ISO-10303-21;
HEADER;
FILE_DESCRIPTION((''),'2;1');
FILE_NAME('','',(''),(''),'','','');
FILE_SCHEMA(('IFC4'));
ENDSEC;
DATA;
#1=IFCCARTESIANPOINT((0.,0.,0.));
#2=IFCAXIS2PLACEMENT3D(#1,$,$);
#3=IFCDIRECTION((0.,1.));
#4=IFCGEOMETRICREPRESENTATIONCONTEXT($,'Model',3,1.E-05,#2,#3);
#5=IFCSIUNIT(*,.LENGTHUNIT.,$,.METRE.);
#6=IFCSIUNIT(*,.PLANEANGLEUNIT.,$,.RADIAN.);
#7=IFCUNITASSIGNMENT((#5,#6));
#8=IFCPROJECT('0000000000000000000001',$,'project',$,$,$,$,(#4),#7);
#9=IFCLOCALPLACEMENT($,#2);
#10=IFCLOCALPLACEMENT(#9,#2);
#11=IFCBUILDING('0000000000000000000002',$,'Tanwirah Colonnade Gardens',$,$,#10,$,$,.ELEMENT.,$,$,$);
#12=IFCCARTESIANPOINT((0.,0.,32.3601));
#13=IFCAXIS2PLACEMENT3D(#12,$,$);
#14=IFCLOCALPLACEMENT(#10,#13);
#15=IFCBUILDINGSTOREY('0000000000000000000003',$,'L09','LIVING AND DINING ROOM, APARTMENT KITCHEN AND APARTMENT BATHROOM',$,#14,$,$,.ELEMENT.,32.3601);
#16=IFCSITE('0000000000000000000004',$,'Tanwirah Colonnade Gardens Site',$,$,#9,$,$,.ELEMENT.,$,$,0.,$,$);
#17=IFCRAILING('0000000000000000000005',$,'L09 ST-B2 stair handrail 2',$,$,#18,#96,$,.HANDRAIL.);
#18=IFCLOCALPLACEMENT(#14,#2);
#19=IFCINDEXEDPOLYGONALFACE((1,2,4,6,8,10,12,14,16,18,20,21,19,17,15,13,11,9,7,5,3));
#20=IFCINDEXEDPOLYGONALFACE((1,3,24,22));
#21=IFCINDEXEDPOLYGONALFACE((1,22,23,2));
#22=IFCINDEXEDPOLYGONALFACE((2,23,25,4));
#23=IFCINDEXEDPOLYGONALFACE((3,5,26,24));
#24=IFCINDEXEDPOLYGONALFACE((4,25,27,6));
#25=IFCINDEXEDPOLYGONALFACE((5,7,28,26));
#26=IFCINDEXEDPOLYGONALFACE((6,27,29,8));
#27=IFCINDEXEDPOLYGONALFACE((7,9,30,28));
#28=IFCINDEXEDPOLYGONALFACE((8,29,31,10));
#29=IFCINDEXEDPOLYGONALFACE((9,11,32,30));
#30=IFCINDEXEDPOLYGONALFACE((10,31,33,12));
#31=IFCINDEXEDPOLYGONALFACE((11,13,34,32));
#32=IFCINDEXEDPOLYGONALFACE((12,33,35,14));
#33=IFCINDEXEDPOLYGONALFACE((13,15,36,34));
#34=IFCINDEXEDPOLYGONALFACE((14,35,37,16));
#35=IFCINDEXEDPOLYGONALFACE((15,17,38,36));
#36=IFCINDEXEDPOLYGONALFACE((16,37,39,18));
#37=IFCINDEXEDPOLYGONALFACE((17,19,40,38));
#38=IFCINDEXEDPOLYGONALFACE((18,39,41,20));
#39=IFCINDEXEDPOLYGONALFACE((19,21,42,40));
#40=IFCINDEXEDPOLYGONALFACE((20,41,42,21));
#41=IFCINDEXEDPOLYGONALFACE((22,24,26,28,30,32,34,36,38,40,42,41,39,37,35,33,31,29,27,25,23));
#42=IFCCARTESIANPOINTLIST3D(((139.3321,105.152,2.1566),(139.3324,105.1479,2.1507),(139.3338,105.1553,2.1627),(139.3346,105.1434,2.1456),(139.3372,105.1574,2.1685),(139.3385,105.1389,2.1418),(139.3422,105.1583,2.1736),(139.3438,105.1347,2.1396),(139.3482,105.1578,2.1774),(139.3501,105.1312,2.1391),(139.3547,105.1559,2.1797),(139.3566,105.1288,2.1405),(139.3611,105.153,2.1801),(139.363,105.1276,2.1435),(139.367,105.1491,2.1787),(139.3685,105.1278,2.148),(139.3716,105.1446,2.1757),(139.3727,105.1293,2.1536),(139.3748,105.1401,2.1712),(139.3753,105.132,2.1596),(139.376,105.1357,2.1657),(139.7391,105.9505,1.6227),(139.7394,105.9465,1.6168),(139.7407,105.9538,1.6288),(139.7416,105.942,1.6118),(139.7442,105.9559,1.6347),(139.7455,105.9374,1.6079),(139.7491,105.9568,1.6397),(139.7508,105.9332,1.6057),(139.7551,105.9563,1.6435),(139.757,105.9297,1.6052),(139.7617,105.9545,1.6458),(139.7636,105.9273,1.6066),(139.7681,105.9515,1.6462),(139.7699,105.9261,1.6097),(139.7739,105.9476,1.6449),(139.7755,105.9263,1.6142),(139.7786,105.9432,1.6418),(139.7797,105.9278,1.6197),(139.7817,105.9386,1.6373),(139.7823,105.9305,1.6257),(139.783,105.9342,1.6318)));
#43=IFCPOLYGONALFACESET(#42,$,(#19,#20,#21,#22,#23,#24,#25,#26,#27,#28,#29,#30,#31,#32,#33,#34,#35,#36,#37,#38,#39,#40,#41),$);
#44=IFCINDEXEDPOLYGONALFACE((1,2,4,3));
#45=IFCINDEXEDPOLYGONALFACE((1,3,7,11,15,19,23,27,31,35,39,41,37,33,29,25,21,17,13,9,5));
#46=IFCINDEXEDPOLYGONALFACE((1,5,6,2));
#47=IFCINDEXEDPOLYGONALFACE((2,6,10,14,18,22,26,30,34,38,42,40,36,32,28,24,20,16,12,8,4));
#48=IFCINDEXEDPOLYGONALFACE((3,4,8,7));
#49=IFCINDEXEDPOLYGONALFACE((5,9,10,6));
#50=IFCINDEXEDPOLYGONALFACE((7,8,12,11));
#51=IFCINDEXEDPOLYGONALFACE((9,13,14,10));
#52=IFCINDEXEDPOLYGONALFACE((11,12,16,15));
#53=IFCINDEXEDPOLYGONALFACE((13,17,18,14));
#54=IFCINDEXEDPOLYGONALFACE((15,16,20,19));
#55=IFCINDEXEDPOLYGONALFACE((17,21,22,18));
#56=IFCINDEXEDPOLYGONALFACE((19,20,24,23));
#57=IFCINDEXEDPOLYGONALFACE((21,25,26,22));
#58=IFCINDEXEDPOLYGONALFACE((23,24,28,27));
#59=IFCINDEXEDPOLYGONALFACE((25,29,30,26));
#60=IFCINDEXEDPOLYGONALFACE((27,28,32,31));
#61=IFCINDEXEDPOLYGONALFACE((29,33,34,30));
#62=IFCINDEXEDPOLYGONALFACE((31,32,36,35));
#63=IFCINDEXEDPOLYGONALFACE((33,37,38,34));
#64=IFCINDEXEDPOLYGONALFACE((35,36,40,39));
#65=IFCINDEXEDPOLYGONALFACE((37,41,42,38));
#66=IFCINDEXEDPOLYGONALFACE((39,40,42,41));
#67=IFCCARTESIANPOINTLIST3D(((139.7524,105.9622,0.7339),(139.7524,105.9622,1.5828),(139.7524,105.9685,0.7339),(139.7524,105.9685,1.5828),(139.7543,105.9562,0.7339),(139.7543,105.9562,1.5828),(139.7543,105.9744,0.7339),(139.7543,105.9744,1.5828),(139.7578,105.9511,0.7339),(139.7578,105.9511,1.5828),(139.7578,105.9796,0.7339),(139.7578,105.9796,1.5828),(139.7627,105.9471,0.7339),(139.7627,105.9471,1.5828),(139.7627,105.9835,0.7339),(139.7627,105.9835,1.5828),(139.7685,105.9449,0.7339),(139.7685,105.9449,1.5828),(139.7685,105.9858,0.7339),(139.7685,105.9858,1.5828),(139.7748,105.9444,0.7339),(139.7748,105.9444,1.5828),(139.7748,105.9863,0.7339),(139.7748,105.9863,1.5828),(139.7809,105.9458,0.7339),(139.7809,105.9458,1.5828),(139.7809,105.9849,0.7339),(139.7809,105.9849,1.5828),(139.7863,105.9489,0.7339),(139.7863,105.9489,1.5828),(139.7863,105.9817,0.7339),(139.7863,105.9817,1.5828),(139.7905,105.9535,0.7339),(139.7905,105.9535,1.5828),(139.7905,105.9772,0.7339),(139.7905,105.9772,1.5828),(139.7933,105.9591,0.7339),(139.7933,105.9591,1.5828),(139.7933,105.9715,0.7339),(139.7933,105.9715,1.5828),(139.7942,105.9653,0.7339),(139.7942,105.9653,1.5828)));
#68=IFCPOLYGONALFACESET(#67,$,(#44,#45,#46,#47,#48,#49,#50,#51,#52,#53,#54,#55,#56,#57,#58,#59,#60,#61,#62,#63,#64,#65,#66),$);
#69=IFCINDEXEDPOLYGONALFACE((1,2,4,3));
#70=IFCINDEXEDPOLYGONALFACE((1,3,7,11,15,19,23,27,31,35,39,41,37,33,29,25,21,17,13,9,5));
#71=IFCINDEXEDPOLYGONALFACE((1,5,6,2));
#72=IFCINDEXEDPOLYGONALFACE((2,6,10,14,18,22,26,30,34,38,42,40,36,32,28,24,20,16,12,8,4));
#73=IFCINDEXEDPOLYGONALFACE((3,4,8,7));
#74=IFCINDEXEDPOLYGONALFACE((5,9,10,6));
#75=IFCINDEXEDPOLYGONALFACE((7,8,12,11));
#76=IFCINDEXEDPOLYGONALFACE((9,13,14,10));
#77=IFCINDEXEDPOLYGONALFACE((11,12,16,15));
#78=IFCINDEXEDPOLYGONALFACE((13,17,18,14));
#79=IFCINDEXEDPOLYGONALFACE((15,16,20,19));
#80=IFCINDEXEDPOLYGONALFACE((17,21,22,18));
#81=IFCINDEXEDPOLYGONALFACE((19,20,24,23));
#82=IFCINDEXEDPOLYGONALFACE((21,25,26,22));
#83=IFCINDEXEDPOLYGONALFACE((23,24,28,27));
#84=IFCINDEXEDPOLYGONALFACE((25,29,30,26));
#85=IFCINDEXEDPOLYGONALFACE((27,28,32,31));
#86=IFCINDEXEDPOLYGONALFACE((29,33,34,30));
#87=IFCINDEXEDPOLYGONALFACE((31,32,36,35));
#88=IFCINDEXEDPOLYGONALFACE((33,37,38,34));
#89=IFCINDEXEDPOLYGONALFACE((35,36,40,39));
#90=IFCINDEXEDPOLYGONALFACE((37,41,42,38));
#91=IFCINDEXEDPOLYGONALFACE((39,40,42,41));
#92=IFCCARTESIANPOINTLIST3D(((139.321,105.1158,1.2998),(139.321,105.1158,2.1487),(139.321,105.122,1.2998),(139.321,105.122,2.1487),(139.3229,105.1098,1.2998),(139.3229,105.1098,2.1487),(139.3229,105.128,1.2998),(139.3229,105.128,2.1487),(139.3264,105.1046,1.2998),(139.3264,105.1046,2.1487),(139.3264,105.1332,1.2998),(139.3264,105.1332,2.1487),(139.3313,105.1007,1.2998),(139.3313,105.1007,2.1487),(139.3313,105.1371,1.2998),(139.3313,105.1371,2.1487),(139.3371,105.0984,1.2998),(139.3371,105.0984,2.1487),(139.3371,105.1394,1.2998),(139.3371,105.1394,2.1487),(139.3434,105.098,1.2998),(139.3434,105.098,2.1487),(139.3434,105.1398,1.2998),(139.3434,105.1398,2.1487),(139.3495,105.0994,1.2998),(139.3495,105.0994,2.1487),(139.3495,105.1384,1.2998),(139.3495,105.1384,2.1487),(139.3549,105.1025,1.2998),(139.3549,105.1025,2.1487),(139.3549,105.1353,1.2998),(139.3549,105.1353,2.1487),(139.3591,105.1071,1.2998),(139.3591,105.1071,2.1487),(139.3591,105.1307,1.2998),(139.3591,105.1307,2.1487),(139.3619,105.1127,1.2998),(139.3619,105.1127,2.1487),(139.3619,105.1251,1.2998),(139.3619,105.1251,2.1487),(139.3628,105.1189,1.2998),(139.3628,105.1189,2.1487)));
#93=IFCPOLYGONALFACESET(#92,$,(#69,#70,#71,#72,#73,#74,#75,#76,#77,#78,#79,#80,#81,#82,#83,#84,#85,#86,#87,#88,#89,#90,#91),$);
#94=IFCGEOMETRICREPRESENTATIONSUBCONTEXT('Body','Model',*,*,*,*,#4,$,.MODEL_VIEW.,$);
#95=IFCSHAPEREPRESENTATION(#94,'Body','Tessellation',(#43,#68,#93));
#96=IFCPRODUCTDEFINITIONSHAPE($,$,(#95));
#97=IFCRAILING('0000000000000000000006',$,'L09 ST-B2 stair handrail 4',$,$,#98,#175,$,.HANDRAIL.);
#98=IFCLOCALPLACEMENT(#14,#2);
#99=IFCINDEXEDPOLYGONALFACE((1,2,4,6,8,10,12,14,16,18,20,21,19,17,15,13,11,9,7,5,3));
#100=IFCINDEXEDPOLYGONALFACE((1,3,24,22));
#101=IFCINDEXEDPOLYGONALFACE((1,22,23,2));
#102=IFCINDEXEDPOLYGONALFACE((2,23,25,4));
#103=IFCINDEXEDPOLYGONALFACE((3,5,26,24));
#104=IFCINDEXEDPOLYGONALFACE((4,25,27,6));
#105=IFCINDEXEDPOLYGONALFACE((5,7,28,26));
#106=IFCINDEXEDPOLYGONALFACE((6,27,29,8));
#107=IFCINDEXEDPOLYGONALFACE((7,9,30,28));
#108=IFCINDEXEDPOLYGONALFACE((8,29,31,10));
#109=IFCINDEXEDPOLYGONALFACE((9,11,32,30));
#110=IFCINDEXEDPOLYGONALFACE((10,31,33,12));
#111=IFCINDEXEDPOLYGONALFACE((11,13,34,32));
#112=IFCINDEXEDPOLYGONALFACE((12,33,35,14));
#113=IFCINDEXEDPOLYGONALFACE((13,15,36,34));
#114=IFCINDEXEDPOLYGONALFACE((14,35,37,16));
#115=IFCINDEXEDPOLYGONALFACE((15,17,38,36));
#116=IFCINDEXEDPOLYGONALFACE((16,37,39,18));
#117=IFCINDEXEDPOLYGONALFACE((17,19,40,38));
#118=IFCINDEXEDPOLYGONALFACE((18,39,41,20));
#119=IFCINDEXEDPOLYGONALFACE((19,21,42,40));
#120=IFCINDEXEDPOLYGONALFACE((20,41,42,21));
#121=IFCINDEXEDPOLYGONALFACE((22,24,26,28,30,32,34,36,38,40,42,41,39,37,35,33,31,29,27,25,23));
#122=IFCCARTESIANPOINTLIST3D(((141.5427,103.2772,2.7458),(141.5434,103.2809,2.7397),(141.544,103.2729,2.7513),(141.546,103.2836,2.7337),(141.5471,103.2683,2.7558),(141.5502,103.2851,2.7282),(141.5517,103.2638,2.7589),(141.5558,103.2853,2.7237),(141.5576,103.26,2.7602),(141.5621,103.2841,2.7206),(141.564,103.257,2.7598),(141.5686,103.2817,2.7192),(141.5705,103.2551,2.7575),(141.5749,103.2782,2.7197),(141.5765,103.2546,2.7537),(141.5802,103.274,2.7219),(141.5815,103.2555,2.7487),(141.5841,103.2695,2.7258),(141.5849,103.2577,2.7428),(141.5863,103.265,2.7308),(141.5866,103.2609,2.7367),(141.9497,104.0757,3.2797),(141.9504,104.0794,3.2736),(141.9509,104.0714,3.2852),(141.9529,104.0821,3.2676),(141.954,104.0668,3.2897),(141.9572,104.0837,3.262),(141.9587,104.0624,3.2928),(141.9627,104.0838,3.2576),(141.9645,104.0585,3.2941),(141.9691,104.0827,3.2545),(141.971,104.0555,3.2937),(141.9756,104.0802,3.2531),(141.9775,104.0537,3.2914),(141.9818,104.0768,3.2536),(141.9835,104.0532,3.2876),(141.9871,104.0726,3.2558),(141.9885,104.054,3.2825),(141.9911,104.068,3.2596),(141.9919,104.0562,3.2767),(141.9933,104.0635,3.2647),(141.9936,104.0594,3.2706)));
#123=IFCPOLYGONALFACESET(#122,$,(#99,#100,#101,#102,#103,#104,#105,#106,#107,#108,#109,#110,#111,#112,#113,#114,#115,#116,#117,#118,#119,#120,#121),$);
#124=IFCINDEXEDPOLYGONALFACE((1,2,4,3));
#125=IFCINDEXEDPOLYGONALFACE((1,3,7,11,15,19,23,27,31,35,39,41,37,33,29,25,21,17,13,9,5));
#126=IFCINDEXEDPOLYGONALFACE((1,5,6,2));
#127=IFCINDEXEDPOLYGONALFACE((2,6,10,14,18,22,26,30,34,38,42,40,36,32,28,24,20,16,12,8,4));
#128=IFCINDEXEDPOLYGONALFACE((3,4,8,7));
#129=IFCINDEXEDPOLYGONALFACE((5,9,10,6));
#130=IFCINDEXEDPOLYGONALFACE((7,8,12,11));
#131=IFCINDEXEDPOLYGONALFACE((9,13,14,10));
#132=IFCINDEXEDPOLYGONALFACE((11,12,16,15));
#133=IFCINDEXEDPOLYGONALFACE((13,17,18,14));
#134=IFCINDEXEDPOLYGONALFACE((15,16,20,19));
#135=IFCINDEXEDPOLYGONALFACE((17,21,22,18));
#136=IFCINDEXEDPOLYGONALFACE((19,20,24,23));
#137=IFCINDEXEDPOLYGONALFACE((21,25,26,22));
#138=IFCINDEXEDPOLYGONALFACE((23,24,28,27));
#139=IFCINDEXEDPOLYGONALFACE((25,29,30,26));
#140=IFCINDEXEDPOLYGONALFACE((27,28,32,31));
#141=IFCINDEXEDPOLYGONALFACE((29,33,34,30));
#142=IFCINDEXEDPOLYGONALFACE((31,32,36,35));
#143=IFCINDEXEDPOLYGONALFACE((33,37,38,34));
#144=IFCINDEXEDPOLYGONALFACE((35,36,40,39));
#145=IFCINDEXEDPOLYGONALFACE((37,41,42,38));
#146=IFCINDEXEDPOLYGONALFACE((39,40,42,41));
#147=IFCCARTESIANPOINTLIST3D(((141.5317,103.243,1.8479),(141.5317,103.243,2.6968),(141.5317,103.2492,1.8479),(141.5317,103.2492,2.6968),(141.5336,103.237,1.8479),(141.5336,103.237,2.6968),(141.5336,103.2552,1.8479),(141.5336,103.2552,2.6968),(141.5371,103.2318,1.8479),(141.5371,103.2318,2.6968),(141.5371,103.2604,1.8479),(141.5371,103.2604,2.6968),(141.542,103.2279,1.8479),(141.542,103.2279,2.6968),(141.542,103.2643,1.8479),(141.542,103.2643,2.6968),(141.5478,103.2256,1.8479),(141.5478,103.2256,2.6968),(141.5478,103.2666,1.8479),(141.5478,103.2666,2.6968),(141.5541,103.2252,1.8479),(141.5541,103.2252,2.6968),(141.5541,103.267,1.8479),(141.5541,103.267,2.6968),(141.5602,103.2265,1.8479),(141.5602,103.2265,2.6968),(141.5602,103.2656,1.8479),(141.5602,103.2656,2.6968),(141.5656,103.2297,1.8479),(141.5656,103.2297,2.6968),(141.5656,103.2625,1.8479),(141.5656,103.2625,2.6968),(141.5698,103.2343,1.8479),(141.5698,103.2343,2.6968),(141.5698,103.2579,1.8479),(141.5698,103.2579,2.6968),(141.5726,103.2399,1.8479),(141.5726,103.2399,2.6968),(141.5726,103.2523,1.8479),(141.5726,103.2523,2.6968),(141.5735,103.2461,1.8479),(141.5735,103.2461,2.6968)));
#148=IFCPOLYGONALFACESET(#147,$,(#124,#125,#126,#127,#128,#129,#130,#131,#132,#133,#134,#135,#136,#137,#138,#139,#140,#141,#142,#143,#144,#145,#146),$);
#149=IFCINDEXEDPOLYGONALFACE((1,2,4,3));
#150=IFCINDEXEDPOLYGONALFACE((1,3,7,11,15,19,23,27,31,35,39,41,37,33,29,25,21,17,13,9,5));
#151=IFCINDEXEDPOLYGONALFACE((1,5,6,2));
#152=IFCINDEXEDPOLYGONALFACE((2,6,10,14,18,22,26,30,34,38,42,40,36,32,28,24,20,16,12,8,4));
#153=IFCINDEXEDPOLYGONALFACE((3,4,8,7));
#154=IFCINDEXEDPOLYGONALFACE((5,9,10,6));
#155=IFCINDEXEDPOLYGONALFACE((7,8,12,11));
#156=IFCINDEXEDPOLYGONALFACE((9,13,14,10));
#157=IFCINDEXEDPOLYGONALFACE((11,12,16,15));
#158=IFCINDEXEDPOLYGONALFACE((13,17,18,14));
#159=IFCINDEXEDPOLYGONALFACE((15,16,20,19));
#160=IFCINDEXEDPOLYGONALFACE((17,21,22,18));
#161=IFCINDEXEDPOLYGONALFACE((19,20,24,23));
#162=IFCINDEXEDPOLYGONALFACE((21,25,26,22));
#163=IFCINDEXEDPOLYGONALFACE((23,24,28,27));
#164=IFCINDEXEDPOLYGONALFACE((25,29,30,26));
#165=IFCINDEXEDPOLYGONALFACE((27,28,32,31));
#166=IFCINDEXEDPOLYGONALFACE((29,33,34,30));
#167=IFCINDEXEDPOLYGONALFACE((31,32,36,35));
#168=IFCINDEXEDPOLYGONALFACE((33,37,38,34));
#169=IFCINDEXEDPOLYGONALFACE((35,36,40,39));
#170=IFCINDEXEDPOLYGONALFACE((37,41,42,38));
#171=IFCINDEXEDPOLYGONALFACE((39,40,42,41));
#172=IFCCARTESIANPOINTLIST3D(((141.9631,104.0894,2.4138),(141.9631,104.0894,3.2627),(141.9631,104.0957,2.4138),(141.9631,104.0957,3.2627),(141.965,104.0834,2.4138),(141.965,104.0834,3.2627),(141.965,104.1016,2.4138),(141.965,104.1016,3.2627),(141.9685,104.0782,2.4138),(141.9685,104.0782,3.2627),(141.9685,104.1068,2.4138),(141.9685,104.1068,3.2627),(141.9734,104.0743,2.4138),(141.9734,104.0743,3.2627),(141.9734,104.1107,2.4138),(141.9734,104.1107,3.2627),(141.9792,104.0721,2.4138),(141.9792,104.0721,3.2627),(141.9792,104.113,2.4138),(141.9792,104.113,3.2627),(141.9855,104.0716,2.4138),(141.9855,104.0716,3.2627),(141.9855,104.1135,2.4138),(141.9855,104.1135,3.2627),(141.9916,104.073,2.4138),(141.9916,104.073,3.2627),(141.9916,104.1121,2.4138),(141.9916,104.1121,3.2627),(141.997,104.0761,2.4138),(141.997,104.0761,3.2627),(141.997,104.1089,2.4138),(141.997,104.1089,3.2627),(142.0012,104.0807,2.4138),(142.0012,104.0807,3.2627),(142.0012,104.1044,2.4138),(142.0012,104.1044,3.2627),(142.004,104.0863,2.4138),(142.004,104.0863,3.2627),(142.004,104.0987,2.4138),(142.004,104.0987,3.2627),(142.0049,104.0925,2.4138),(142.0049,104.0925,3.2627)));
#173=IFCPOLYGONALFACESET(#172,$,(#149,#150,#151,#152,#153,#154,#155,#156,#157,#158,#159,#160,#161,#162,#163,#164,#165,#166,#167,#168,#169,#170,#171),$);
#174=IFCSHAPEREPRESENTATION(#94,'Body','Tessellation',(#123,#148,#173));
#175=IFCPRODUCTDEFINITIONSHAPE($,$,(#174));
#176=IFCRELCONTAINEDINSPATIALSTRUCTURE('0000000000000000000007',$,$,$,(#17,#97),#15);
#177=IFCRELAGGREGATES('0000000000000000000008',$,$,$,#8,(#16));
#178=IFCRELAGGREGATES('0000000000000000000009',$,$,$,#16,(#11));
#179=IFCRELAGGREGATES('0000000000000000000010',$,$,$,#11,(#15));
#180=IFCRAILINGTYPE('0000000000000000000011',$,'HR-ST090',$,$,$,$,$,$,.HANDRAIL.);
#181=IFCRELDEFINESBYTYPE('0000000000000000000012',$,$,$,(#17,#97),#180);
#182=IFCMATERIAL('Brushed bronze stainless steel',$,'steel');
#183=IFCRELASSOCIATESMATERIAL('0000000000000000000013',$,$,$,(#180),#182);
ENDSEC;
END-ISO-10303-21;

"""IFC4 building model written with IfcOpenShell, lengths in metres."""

from ifc_helpers import new_model, si_unit, direction, frame, origin, origin_2d, place, context, subcontext, project, spatial, circle, extrude, material, type_object, element, save


model = new_model("IFC4")

# Units and contexts
model_context = context("Model", 3, precision=1e-05, world=origin(), true_north=direction((0.0, 1.0)))
body_context = subcontext(model_context, "Body", "Model", "MODEL_VIEW")
ifc_project = project(units=[si_unit("LENGTHUNIT", "METRE"), si_unit("PLANEANGLEUNIT", "RADIAN")], contexts=[model_context])

# Site, building, storey
site_placement = place(None, origin())
site = spatial("IfcSite", under=ifc_project, at=site_placement, Name="Tanwirah Colonnade Gardens Site", CompositionType="ELEMENT", RefElevation=0.0)
building_placement = place(site_placement, origin())
building = spatial("IfcBuilding", under=site, at=building_placement, Name="Tanwirah Colonnade Gardens", CompositionType="ELEMENT")
storey_placement = place(building_placement, frame((0.0, 0.0, 32.3601)))
storey = spatial("IfcBuildingStorey", under=building, at=storey_placement, Name="L09", Description="LIVING AND DINING ROOM, APARTMENT KITCHEN AND APARTMENT BATHROOM", CompositionType="ELEMENT", Elevation=32.3601)

# Railings
ifc_material_1 = material(Name="Brushed bronze stainless steel", Category="steel")
railing_type_1 = type_object("IfcRailingType", Name="HR-ST090", PredefinedType="HANDRAIL", material=ifc_material_1)
railing_1_placement = place(storey_placement, frame((139.7732, 105.9653, 0.7339)))
element("IfcRailing", 1, at=railing_1_placement, inside=storey, type_object=railing_type_1, Name="L09 ST-B2 stair handrail 2", PredefinedType="HANDRAIL", context=body_context, shape_type="SweptSolid", body=[
    extrude(circle(Radius=0.0239, at=origin_2d()), frame((-0.0122, -0.0239, 0.8918), z_axis=(-0.390118, -0.765443, 0.511767), x_axis=(0.890957, -0.454087, 0.0)), (0.0, 0.0, 1.0), 1.0432),
    extrude(circle(Radius=0.021, at=origin_2d()), origin(), (0.0, 0.0, 1.0), 0.8489),
    extrude(circle(Radius=0.021, at=origin_2d()), frame((-0.4314, -0.8464, 0.5659)), (0.0, 0.0, 1.0), 0.8489),
])
railing_2_placement = place(storey_placement, frame((141.5525, 103.2461, 1.8479)))
element("IfcRailing", 2, at=railing_2_placement, inside=storey, type_object=railing_type_1, Name="L09 ST-B2 stair handrail 4", PredefinedType="HANDRAIL", context=body_context, shape_type="SweptSolid", body=[
    extrude(circle(Radius=0.0239, at=origin_2d()), frame((0.0122, 0.0239, 0.8918), z_axis=(0.390118, 0.765443, 0.511767), x_axis=(-0.890957, 0.454087, 0.0)), (0.0, 0.0, 1.0), 1.0432),
    extrude(circle(Radius=0.021, at=origin_2d()), origin(), (0.0, 0.0, 1.0), 0.8489),
    extrude(circle(Radius=0.021, at=origin_2d()), frame((0.4314, 0.8464, 0.5659)), (0.0, 0.0, 1.0), 0.8489),
])

save(model, "model.ifc")
